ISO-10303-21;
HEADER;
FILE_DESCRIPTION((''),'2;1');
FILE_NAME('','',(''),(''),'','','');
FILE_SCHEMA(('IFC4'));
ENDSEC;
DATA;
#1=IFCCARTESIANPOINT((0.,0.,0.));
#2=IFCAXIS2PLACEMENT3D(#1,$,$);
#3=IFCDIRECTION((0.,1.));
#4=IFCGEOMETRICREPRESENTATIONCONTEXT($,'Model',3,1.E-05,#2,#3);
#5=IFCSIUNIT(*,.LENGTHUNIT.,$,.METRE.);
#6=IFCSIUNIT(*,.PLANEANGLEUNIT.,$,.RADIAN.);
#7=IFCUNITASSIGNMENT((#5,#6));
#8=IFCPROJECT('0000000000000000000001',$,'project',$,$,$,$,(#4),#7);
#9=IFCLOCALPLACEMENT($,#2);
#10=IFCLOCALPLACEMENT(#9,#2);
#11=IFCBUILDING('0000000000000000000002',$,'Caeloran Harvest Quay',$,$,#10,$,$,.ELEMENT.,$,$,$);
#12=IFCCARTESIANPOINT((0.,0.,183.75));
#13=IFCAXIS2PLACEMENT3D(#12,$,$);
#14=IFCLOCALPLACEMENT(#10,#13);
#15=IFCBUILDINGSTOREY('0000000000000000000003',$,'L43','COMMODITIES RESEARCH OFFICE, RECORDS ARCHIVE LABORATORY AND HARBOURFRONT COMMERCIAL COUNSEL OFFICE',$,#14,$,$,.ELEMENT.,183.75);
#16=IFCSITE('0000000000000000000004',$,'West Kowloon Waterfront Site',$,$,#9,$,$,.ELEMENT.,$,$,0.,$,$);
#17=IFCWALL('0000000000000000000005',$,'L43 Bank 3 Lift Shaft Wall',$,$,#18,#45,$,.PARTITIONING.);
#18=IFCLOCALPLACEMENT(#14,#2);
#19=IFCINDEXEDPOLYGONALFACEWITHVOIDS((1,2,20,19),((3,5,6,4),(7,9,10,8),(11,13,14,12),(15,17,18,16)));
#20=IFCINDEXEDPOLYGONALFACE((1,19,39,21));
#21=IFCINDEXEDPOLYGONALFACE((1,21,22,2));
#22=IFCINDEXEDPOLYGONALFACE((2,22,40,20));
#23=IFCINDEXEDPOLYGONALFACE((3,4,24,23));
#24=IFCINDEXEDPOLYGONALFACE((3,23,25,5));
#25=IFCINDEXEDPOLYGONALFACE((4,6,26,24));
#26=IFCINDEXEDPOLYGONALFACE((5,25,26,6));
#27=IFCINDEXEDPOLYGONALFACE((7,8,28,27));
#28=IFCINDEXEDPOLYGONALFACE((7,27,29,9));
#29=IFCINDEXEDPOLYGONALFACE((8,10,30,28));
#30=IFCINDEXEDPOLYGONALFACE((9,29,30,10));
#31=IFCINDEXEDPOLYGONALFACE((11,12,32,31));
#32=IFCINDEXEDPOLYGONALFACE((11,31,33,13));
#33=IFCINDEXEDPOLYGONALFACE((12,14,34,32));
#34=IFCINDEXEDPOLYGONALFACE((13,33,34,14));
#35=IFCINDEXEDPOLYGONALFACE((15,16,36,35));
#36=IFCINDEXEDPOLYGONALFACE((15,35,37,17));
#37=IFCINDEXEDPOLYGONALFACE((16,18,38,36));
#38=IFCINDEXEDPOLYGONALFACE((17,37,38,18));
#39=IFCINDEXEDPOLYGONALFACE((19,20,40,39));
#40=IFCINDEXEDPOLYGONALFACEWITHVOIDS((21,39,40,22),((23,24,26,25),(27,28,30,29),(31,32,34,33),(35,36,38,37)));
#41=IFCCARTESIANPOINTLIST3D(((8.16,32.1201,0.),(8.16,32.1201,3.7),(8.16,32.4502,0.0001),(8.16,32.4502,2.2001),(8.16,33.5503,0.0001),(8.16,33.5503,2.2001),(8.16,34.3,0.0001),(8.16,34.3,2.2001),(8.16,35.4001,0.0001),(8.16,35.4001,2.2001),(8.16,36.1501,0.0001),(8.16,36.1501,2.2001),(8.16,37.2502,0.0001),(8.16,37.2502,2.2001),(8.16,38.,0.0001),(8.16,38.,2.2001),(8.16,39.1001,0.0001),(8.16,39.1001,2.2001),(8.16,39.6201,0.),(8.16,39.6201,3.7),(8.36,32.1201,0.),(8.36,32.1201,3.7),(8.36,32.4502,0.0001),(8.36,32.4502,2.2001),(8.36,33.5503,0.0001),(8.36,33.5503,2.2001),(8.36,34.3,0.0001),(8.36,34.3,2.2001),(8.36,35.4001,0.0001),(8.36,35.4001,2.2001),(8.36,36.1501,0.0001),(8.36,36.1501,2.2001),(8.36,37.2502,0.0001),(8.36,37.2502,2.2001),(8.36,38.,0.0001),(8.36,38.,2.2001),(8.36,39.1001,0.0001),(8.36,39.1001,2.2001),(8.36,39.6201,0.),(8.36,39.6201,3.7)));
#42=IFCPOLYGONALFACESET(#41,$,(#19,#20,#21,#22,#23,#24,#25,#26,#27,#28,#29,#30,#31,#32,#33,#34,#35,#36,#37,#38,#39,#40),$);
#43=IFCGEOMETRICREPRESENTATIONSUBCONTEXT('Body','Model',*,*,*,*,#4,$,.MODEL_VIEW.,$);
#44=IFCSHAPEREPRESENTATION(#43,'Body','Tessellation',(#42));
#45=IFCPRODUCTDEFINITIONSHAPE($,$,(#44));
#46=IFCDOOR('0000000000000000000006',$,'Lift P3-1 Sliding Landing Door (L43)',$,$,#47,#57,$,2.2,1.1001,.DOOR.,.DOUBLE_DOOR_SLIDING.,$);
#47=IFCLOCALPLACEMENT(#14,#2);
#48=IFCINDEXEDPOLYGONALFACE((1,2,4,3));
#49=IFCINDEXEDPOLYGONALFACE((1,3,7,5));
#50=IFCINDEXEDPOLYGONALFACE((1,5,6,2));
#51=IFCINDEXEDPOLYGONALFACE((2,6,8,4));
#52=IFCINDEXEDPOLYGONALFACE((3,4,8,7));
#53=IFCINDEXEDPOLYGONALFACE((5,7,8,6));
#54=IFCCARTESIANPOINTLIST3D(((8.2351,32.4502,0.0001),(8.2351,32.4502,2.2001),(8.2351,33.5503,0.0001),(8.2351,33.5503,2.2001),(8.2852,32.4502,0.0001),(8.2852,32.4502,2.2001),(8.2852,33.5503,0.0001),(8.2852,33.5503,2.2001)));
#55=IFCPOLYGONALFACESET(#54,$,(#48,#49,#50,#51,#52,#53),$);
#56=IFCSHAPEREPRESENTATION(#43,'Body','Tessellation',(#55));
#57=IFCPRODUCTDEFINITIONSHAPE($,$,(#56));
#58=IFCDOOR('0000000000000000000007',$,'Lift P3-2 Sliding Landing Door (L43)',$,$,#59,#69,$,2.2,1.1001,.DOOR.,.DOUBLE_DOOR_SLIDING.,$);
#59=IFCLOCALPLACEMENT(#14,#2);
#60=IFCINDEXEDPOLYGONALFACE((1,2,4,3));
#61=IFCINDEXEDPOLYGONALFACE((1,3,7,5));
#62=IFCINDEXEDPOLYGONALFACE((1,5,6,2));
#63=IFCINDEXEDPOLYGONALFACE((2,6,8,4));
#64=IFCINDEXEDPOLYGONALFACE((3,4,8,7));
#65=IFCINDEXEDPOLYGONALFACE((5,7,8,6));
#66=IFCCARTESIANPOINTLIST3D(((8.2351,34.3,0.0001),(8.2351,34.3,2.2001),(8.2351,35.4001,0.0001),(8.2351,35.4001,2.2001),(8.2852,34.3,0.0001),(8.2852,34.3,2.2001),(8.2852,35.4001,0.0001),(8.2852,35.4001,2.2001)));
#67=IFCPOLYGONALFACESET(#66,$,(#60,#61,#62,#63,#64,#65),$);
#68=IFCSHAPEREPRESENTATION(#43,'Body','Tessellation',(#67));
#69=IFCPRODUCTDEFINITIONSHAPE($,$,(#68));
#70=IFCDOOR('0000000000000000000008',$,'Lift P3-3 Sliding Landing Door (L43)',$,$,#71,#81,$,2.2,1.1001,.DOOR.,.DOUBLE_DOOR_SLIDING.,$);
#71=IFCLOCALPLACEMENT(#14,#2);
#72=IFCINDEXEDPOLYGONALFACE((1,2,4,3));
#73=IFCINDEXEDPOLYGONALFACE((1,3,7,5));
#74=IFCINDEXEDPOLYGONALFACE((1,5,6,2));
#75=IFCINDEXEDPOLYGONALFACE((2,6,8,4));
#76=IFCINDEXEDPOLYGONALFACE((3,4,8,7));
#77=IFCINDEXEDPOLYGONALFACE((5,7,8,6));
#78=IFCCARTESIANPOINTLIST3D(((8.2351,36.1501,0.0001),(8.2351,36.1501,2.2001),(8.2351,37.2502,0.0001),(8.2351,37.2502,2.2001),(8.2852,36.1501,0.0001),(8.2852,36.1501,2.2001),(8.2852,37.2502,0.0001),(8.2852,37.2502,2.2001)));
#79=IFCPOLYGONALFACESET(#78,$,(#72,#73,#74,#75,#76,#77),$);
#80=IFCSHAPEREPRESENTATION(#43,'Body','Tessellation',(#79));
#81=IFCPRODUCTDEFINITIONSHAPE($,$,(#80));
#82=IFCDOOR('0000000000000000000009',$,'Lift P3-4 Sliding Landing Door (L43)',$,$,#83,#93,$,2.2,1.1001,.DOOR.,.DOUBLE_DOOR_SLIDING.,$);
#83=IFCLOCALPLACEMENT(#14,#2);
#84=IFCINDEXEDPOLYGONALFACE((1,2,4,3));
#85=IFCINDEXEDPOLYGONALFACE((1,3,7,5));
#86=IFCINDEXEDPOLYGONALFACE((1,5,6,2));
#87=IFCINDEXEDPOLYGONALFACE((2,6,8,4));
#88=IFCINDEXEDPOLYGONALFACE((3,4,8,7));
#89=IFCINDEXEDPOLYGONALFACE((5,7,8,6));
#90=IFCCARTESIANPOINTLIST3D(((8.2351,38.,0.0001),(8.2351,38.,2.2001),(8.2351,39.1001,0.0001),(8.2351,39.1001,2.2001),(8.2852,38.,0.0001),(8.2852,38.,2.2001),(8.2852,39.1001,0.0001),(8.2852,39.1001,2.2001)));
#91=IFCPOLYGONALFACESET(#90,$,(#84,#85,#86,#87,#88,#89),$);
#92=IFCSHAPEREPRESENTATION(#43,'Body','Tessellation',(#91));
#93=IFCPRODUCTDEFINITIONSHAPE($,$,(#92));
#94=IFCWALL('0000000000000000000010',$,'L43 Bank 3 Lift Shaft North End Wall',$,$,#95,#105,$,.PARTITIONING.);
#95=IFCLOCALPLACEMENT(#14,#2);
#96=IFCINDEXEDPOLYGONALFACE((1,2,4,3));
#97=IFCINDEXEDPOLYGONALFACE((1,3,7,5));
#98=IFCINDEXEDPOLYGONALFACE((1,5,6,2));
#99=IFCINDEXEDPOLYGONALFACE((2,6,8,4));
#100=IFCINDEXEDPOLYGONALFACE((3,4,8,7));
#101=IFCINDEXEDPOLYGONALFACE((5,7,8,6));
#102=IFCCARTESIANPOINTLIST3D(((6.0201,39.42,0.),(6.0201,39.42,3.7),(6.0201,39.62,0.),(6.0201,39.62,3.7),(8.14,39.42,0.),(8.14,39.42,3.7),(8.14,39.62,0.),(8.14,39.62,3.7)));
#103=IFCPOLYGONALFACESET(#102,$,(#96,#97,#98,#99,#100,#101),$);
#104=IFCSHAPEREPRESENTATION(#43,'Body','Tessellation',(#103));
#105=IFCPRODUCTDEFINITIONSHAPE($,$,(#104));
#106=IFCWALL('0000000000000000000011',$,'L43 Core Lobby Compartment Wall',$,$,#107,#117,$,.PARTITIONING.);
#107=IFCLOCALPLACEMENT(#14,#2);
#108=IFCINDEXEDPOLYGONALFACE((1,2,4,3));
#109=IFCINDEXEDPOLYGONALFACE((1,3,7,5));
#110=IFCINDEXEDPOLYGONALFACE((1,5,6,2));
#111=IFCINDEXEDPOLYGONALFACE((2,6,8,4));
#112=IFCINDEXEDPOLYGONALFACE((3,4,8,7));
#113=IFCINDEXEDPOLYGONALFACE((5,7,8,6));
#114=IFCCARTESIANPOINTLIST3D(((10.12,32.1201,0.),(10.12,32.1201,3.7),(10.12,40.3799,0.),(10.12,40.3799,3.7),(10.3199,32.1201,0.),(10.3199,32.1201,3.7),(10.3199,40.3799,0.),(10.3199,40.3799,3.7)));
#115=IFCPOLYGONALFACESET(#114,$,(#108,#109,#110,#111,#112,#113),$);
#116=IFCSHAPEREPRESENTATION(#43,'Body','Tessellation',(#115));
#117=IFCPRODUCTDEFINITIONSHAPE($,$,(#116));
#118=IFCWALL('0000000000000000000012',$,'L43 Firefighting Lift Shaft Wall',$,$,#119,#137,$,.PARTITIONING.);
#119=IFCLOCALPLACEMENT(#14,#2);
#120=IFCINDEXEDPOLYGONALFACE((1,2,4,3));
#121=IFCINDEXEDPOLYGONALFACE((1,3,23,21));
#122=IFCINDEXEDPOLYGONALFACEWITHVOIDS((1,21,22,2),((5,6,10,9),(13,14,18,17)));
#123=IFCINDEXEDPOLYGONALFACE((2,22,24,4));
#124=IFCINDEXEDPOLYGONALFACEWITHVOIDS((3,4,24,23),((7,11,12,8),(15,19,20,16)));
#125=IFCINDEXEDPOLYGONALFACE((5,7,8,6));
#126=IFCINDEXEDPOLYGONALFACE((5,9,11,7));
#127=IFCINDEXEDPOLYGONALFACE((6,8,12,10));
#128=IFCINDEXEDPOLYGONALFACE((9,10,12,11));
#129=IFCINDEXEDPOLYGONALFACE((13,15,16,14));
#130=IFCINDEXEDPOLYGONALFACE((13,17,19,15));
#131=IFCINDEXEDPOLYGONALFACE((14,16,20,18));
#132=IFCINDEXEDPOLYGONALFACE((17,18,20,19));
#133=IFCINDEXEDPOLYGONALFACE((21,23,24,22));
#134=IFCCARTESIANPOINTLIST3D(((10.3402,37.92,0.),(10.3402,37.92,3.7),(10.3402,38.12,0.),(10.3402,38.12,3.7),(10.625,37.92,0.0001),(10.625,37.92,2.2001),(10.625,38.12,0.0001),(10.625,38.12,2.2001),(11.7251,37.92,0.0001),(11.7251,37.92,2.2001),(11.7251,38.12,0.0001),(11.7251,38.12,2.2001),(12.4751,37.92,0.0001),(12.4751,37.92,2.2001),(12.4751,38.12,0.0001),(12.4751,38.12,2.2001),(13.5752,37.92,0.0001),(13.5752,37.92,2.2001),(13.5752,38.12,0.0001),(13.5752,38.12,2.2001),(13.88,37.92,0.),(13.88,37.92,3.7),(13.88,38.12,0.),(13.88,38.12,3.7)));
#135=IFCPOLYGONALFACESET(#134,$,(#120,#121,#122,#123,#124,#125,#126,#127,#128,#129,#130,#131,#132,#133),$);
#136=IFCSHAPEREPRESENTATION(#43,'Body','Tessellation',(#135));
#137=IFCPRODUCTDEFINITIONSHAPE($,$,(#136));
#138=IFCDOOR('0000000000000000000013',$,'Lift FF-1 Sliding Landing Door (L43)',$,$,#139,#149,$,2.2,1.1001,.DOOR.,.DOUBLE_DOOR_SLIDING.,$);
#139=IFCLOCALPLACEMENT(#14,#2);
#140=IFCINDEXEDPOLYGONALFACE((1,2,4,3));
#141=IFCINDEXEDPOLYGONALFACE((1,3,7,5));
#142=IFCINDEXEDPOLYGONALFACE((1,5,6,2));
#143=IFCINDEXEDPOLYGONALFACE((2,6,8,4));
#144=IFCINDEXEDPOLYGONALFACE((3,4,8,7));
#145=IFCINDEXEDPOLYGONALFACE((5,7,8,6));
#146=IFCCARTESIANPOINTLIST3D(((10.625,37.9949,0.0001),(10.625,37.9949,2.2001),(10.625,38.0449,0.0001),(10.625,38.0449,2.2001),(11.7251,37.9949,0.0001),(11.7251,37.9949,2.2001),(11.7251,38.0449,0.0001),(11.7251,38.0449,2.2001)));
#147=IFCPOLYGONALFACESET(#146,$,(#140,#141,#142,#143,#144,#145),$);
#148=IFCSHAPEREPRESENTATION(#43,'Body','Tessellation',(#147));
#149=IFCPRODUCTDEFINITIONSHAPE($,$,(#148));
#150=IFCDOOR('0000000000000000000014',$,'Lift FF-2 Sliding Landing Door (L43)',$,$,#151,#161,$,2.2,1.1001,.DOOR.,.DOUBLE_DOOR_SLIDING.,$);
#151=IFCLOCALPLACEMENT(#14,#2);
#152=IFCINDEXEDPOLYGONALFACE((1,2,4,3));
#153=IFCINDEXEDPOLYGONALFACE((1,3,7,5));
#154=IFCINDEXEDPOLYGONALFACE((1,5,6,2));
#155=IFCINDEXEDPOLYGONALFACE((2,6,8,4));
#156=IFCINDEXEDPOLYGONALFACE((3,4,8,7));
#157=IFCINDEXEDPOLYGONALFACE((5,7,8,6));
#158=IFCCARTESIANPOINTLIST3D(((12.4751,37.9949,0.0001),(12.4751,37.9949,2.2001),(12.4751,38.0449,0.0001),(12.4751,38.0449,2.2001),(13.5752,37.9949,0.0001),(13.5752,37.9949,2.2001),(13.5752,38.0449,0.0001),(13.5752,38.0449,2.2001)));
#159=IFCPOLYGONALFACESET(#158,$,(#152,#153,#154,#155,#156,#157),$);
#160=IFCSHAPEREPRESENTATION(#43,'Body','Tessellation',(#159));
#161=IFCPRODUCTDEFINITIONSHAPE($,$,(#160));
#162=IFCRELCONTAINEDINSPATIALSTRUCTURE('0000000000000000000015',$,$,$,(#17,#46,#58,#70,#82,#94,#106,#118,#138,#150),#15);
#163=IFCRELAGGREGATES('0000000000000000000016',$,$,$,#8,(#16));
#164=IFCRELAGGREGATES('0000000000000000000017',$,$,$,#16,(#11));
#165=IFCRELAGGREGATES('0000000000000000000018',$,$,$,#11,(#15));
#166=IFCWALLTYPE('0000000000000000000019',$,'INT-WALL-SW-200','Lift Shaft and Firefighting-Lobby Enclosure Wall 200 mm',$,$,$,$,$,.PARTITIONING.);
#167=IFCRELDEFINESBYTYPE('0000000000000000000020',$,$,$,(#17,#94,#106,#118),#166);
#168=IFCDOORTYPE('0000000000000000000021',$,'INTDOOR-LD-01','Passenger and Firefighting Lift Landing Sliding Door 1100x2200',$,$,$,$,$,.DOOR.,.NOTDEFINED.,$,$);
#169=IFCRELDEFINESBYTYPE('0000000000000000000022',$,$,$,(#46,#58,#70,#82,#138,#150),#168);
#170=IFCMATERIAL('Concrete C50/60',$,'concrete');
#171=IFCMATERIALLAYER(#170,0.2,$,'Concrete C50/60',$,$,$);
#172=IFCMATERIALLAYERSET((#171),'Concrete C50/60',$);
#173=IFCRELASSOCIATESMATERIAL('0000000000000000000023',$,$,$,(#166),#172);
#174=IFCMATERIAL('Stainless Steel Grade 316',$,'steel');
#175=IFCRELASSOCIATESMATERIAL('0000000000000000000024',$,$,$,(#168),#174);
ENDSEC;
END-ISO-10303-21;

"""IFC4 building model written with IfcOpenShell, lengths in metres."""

from ifc_helpers import new_model, si_unit, direction, frame, frame_2d, origin, place, context, subcontext, project, spatial, rectangle, extrude, material, layer, layer_set, type_object, element, fill, save


model = new_model("IFC4")

# Units and contexts
model_context = context("Model", 3, precision=1e-05, world=origin(), true_north=direction((0.0, 1.0)))
body_context = subcontext(model_context, "Body", "Model", "MODEL_VIEW")
ifc_project = project(units=[si_unit("LENGTHUNIT", "METRE"), si_unit("PLANEANGLEUNIT", "RADIAN")], contexts=[model_context])

# Site, building, storey
site_placement = place(None, origin())
site = spatial("IfcSite", under=ifc_project, at=site_placement, Name="West Kowloon Waterfront Site", CompositionType="ELEMENT", RefElevation=0.0)
building_placement = place(site_placement, origin())
building = spatial("IfcBuilding", under=site, at=building_placement, Name="Caeloran Harvest Quay", CompositionType="ELEMENT")
storey_placement = place(building_placement, frame((0.0, 0.0, 183.75)))
storey = spatial("IfcBuildingStorey", under=building, at=storey_placement, Name="L43", Description="COMMODITIES RESEARCH OFFICE, RECORDS ARCHIVE LABORATORY AND HARBOURFRONT COMMERCIAL COUNSEL OFFICE", CompositionType="ELEMENT", Elevation=183.75)

# Wall, openings, doors
ifc_material_1 = material(Name="Concrete C50/60", Category="concrete")
ifc_layer_1 = layer(ifc_material_1, 0.2, Name="Concrete C50/60")
ifc_layer_set_1 = layer_set([ifc_layer_1], Name="Concrete C50/60")
wall_type_1 = type_object("IfcWallType", Name="INT-WALL-SW-200", Description="Lift Shaft and Firefighting-Lobby Enclosure Wall 200 mm", PredefinedType="PARTITIONING", material=ifc_layer_set_1)
wall_1_placement = place(storey_placement, frame((8.26, 32.1201, 0.0), z_axis=(0.0, 0.0, 1.0), x_axis=(0.0, 1.0, 0.0)))
wall_1 = element("IfcWall", 1, at=wall_1_placement, inside=storey, type_object=wall_type_1, Name="L43 Bank 3 Lift Shaft Wall", PredefinedType="PARTITIONING", context=body_context, shape_type="SweptSolid", body=[
    extrude(rectangle(XDim=7.5, YDim=0.2, at=frame_2d((3.75, 0.0))), origin(), (0.0, 0.0, 1.0), 3.7),
])
opening_1_placement = place(wall_1_placement, frame((0.3301, 0.0, 0.0)))
opening_1 = element("IfcOpeningElement", 2, at=opening_1_placement, cuts=wall_1, PredefinedType="OPENING", context=body_context, shape_type="SweptSolid", body=[
    extrude(rectangle(XDim=1.1001, YDim=2.2, at=frame_2d((0.55, 1.1001))), frame((0.0, 0.1099, 0.0), z_axis=(0.0, -1.0, 0.0), x_axis=(1.0, 0.0, 0.0)), (0.0, 0.0, 1.0), 0.22),
])
opening_2_placement = place(wall_1_placement, frame((2.1799, 0.0, 0.0)))
opening_2 = element("IfcOpeningElement", 3, at=opening_2_placement, cuts=wall_1, PredefinedType="OPENING", context=body_context, shape_type="SweptSolid", body=[
    extrude(rectangle(XDim=1.1001, YDim=2.2, at=frame_2d((0.55, 1.1001))), frame((0.0, 0.1099, 0.0), z_axis=(0.0, -1.0, 0.0), x_axis=(1.0, 0.0, 0.0)), (0.0, 0.0, 1.0), 0.22),
])
opening_3_placement = place(wall_1_placement, frame((4.03, 0.0, 0.0)))
opening_3 = element("IfcOpeningElement", 4, at=opening_3_placement, cuts=wall_1, PredefinedType="OPENING", context=body_context, shape_type="SweptSolid", body=[
    extrude(rectangle(XDim=1.1001, YDim=2.2, at=frame_2d((0.55, 1.1001))), frame((0.0, 0.1099, 0.0), z_axis=(0.0, -1.0, 0.0), x_axis=(1.0, 0.0, 0.0)), (0.0, 0.0, 1.0), 0.22),
])
opening_4_placement = place(wall_1_placement, frame((5.8799, 0.0, 0.0)))
opening_4 = element("IfcOpeningElement", 5, at=opening_4_placement, cuts=wall_1, PredefinedType="OPENING", context=body_context, shape_type="SweptSolid", body=[
    extrude(rectangle(XDim=1.1001, YDim=2.2, at=frame_2d((0.55, 1.1001))), frame((0.0, 0.1099, 0.0), z_axis=(0.0, -1.0, 0.0), x_axis=(1.0, 0.0, 0.0)), (0.0, 0.0, 1.0), 0.22),
])
ifc_material_2 = material(Name="Stainless Steel Grade 316", Category="steel")
door_type_1 = type_object("IfcDoorType", Name="INTDOOR-LD-01", Description="Passenger and Firefighting Lift Landing Sliding Door 1100x2200", OperationType="NOTDEFINED", PredefinedType="DOOR", material=ifc_material_2)
door_1_placement = place(opening_1_placement, origin())
door_1 = element("IfcDoor", 6, at=door_1_placement, inside=storey, type_object=door_type_1, Name="Lift P3-1 Sliding Landing Door (L43)", OperationType="DOUBLE_DOOR_SLIDING", OverallHeight=2.2, OverallWidth=1.1001, PredefinedType="DOOR", context=body_context, shape_type="SweptSolid", body=[
    extrude(rectangle(XDim=1.1001, YDim=2.2, at=frame_2d((0.55, 1.1001))), frame((0.0, 0.0249, 0.0), z_axis=(0.0, -1.0, 0.0), x_axis=(1.0, 0.0, 0.0)), (0.0, 0.0, 1.0), 0.05),
])
fill(opening_1, door_1)
door_2_placement = place(opening_2_placement, origin())
door_2 = element("IfcDoor", 7, at=door_2_placement, inside=storey, type_object=door_type_1, Name="Lift P3-2 Sliding Landing Door (L43)", OperationType="DOUBLE_DOOR_SLIDING", OverallHeight=2.2, OverallWidth=1.1001, PredefinedType="DOOR", context=body_context, shape_type="SweptSolid", body=[
    extrude(rectangle(XDim=1.1001, YDim=2.2, at=frame_2d((0.55, 1.1001))), frame((0.0, 0.0249, 0.0), z_axis=(0.0, -1.0, 0.0), x_axis=(1.0, 0.0, 0.0)), (0.0, 0.0, 1.0), 0.05),
])
fill(opening_2, door_2)
door_3_placement = place(opening_3_placement, origin())
door_3 = element("IfcDoor", 8, at=door_3_placement, inside=storey, type_object=door_type_1, Name="Lift P3-3 Sliding Landing Door (L43)", OperationType="DOUBLE_DOOR_SLIDING", OverallHeight=2.2, OverallWidth=1.1001, PredefinedType="DOOR", context=body_context, shape_type="SweptSolid", body=[
    extrude(rectangle(XDim=1.1001, YDim=2.2, at=frame_2d((0.55, 1.1001))), frame((0.0, 0.0249, 0.0), z_axis=(0.0, -1.0, 0.0), x_axis=(1.0, 0.0, 0.0)), (0.0, 0.0, 1.0), 0.05),
])
fill(opening_3, door_3)
door_4_placement = place(opening_4_placement, origin())
door_4 = element("IfcDoor", 9, at=door_4_placement, inside=storey, type_object=door_type_1, Name="Lift P3-4 Sliding Landing Door (L43)", OperationType="DOUBLE_DOOR_SLIDING", OverallHeight=2.2, OverallWidth=1.1001, PredefinedType="DOOR", context=body_context, shape_type="SweptSolid", body=[
    extrude(rectangle(XDim=1.1001, YDim=2.2, at=frame_2d((0.55, 1.1001))), frame((0.0, 0.0249, 0.0), z_axis=(0.0, -1.0, 0.0), x_axis=(1.0, 0.0, 0.0)), (0.0, 0.0, 1.0), 0.05),
])
fill(opening_4, door_4)

# Walls
wall_2_placement = place(storey_placement, frame((6.02, 39.52, 0.0), z_axis=(0.0, 0.0, 1.0), x_axis=(1.0, 0.0, 0.0)))
element("IfcWall", 10, at=wall_2_placement, inside=storey, type_object=wall_type_1, Name="L43 Bank 3 Lift Shaft North End Wall", PredefinedType="PARTITIONING", context=body_context, shape_type="SweptSolid", body=[
    extrude(rectangle(XDim=2.1199, YDim=0.2, at=frame_2d((1.0601, 0.0))), origin(), (0.0, 0.0, 1.0), 3.7),
])
wall_3_placement = place(storey_placement, frame((10.22, 32.1201, 0.0), z_axis=(0.0, 0.0, 1.0), x_axis=(0.0, 1.0, 0.0)))
element("IfcWall", 11, at=wall_3_placement, inside=storey, type_object=wall_type_1, Name="L43 Core Lobby Compartment Wall", PredefinedType="PARTITIONING", context=body_context, shape_type="SweptSolid", body=[
    extrude(rectangle(XDim=8.2598, YDim=0.2, at=frame_2d((4.1299, 0.0))), origin(), (0.0, 0.0, 1.0), 3.7),
])

# Wall, openings, doors
wall_4_placement = place(storey_placement, frame((10.3401, 38.02, 0.0), z_axis=(0.0, 0.0, 1.0), x_axis=(1.0, 0.0, 0.0)))
wall_4 = element("IfcWall", 12, at=wall_4_placement, inside=storey, type_object=wall_type_1, Name="L43 Firefighting Lift Shaft Wall", PredefinedType="PARTITIONING", context=body_context, shape_type="SweptSolid", body=[
    extrude(rectangle(XDim=3.5398, YDim=0.2, at=frame_2d((1.77, 0.0))), origin(), (0.0, 0.0, 1.0), 3.7),
])
opening_5_placement = place(wall_4_placement, frame((0.2849, 0.0, 0.0)))
opening_5 = element("IfcOpeningElement", 13, at=opening_5_placement, cuts=wall_4, PredefinedType="OPENING", context=body_context, shape_type="SweptSolid", body=[
    extrude(rectangle(XDim=1.1001, YDim=2.2, at=frame_2d((0.55, 1.1001))), frame((0.0, 0.1099, 0.0), z_axis=(0.0, -1.0, 0.0), x_axis=(1.0, 0.0, 0.0)), (0.0, 0.0, 1.0), 0.22),
])
opening_6_placement = place(wall_4_placement, frame((2.135, 0.0, 0.0)))
opening_6 = element("IfcOpeningElement", 14, at=opening_6_placement, cuts=wall_4, PredefinedType="OPENING", context=body_context, shape_type="SweptSolid", body=[
    extrude(rectangle(XDim=1.1001, YDim=2.2, at=frame_2d((0.55, 1.1001))), frame((0.0, 0.1099, 0.0), z_axis=(0.0, -1.0, 0.0), x_axis=(1.0, 0.0, 0.0)), (0.0, 0.0, 1.0), 0.22),
])
door_5_placement = place(opening_5_placement, origin())
door_5 = element("IfcDoor", 15, at=door_5_placement, inside=storey, type_object=door_type_1, Name="Lift FF-1 Sliding Landing Door (L43)", OperationType="DOUBLE_DOOR_SLIDING", OverallHeight=2.2, OverallWidth=1.1001, PredefinedType="DOOR", context=body_context, shape_type="SweptSolid", body=[
    extrude(rectangle(XDim=1.1001, YDim=2.2, at=frame_2d((0.55, 1.1001))), frame((0.0, 0.0249, 0.0), z_axis=(0.0, -1.0, 0.0), x_axis=(1.0, 0.0, 0.0)), (0.0, 0.0, 1.0), 0.05),
])
fill(opening_5, door_5)
door_6_placement = place(opening_6_placement, origin())
door_6 = element("IfcDoor", 16, at=door_6_placement, inside=storey, type_object=door_type_1, Name="Lift FF-2 Sliding Landing Door (L43)", OperationType="DOUBLE_DOOR_SLIDING", OverallHeight=2.2, OverallWidth=1.1001, PredefinedType="DOOR", context=body_context, shape_type="SweptSolid", body=[
    extrude(rectangle(XDim=1.1001, YDim=2.2, at=frame_2d((0.55, 1.1001))), frame((0.0, 0.0249, 0.0), z_axis=(0.0, -1.0, 0.0), x_axis=(1.0, 0.0, 0.0)), (0.0, 0.0, 1.0), 0.05),
])
fill(opening_6, door_6)

save(model, "model.ifc")
